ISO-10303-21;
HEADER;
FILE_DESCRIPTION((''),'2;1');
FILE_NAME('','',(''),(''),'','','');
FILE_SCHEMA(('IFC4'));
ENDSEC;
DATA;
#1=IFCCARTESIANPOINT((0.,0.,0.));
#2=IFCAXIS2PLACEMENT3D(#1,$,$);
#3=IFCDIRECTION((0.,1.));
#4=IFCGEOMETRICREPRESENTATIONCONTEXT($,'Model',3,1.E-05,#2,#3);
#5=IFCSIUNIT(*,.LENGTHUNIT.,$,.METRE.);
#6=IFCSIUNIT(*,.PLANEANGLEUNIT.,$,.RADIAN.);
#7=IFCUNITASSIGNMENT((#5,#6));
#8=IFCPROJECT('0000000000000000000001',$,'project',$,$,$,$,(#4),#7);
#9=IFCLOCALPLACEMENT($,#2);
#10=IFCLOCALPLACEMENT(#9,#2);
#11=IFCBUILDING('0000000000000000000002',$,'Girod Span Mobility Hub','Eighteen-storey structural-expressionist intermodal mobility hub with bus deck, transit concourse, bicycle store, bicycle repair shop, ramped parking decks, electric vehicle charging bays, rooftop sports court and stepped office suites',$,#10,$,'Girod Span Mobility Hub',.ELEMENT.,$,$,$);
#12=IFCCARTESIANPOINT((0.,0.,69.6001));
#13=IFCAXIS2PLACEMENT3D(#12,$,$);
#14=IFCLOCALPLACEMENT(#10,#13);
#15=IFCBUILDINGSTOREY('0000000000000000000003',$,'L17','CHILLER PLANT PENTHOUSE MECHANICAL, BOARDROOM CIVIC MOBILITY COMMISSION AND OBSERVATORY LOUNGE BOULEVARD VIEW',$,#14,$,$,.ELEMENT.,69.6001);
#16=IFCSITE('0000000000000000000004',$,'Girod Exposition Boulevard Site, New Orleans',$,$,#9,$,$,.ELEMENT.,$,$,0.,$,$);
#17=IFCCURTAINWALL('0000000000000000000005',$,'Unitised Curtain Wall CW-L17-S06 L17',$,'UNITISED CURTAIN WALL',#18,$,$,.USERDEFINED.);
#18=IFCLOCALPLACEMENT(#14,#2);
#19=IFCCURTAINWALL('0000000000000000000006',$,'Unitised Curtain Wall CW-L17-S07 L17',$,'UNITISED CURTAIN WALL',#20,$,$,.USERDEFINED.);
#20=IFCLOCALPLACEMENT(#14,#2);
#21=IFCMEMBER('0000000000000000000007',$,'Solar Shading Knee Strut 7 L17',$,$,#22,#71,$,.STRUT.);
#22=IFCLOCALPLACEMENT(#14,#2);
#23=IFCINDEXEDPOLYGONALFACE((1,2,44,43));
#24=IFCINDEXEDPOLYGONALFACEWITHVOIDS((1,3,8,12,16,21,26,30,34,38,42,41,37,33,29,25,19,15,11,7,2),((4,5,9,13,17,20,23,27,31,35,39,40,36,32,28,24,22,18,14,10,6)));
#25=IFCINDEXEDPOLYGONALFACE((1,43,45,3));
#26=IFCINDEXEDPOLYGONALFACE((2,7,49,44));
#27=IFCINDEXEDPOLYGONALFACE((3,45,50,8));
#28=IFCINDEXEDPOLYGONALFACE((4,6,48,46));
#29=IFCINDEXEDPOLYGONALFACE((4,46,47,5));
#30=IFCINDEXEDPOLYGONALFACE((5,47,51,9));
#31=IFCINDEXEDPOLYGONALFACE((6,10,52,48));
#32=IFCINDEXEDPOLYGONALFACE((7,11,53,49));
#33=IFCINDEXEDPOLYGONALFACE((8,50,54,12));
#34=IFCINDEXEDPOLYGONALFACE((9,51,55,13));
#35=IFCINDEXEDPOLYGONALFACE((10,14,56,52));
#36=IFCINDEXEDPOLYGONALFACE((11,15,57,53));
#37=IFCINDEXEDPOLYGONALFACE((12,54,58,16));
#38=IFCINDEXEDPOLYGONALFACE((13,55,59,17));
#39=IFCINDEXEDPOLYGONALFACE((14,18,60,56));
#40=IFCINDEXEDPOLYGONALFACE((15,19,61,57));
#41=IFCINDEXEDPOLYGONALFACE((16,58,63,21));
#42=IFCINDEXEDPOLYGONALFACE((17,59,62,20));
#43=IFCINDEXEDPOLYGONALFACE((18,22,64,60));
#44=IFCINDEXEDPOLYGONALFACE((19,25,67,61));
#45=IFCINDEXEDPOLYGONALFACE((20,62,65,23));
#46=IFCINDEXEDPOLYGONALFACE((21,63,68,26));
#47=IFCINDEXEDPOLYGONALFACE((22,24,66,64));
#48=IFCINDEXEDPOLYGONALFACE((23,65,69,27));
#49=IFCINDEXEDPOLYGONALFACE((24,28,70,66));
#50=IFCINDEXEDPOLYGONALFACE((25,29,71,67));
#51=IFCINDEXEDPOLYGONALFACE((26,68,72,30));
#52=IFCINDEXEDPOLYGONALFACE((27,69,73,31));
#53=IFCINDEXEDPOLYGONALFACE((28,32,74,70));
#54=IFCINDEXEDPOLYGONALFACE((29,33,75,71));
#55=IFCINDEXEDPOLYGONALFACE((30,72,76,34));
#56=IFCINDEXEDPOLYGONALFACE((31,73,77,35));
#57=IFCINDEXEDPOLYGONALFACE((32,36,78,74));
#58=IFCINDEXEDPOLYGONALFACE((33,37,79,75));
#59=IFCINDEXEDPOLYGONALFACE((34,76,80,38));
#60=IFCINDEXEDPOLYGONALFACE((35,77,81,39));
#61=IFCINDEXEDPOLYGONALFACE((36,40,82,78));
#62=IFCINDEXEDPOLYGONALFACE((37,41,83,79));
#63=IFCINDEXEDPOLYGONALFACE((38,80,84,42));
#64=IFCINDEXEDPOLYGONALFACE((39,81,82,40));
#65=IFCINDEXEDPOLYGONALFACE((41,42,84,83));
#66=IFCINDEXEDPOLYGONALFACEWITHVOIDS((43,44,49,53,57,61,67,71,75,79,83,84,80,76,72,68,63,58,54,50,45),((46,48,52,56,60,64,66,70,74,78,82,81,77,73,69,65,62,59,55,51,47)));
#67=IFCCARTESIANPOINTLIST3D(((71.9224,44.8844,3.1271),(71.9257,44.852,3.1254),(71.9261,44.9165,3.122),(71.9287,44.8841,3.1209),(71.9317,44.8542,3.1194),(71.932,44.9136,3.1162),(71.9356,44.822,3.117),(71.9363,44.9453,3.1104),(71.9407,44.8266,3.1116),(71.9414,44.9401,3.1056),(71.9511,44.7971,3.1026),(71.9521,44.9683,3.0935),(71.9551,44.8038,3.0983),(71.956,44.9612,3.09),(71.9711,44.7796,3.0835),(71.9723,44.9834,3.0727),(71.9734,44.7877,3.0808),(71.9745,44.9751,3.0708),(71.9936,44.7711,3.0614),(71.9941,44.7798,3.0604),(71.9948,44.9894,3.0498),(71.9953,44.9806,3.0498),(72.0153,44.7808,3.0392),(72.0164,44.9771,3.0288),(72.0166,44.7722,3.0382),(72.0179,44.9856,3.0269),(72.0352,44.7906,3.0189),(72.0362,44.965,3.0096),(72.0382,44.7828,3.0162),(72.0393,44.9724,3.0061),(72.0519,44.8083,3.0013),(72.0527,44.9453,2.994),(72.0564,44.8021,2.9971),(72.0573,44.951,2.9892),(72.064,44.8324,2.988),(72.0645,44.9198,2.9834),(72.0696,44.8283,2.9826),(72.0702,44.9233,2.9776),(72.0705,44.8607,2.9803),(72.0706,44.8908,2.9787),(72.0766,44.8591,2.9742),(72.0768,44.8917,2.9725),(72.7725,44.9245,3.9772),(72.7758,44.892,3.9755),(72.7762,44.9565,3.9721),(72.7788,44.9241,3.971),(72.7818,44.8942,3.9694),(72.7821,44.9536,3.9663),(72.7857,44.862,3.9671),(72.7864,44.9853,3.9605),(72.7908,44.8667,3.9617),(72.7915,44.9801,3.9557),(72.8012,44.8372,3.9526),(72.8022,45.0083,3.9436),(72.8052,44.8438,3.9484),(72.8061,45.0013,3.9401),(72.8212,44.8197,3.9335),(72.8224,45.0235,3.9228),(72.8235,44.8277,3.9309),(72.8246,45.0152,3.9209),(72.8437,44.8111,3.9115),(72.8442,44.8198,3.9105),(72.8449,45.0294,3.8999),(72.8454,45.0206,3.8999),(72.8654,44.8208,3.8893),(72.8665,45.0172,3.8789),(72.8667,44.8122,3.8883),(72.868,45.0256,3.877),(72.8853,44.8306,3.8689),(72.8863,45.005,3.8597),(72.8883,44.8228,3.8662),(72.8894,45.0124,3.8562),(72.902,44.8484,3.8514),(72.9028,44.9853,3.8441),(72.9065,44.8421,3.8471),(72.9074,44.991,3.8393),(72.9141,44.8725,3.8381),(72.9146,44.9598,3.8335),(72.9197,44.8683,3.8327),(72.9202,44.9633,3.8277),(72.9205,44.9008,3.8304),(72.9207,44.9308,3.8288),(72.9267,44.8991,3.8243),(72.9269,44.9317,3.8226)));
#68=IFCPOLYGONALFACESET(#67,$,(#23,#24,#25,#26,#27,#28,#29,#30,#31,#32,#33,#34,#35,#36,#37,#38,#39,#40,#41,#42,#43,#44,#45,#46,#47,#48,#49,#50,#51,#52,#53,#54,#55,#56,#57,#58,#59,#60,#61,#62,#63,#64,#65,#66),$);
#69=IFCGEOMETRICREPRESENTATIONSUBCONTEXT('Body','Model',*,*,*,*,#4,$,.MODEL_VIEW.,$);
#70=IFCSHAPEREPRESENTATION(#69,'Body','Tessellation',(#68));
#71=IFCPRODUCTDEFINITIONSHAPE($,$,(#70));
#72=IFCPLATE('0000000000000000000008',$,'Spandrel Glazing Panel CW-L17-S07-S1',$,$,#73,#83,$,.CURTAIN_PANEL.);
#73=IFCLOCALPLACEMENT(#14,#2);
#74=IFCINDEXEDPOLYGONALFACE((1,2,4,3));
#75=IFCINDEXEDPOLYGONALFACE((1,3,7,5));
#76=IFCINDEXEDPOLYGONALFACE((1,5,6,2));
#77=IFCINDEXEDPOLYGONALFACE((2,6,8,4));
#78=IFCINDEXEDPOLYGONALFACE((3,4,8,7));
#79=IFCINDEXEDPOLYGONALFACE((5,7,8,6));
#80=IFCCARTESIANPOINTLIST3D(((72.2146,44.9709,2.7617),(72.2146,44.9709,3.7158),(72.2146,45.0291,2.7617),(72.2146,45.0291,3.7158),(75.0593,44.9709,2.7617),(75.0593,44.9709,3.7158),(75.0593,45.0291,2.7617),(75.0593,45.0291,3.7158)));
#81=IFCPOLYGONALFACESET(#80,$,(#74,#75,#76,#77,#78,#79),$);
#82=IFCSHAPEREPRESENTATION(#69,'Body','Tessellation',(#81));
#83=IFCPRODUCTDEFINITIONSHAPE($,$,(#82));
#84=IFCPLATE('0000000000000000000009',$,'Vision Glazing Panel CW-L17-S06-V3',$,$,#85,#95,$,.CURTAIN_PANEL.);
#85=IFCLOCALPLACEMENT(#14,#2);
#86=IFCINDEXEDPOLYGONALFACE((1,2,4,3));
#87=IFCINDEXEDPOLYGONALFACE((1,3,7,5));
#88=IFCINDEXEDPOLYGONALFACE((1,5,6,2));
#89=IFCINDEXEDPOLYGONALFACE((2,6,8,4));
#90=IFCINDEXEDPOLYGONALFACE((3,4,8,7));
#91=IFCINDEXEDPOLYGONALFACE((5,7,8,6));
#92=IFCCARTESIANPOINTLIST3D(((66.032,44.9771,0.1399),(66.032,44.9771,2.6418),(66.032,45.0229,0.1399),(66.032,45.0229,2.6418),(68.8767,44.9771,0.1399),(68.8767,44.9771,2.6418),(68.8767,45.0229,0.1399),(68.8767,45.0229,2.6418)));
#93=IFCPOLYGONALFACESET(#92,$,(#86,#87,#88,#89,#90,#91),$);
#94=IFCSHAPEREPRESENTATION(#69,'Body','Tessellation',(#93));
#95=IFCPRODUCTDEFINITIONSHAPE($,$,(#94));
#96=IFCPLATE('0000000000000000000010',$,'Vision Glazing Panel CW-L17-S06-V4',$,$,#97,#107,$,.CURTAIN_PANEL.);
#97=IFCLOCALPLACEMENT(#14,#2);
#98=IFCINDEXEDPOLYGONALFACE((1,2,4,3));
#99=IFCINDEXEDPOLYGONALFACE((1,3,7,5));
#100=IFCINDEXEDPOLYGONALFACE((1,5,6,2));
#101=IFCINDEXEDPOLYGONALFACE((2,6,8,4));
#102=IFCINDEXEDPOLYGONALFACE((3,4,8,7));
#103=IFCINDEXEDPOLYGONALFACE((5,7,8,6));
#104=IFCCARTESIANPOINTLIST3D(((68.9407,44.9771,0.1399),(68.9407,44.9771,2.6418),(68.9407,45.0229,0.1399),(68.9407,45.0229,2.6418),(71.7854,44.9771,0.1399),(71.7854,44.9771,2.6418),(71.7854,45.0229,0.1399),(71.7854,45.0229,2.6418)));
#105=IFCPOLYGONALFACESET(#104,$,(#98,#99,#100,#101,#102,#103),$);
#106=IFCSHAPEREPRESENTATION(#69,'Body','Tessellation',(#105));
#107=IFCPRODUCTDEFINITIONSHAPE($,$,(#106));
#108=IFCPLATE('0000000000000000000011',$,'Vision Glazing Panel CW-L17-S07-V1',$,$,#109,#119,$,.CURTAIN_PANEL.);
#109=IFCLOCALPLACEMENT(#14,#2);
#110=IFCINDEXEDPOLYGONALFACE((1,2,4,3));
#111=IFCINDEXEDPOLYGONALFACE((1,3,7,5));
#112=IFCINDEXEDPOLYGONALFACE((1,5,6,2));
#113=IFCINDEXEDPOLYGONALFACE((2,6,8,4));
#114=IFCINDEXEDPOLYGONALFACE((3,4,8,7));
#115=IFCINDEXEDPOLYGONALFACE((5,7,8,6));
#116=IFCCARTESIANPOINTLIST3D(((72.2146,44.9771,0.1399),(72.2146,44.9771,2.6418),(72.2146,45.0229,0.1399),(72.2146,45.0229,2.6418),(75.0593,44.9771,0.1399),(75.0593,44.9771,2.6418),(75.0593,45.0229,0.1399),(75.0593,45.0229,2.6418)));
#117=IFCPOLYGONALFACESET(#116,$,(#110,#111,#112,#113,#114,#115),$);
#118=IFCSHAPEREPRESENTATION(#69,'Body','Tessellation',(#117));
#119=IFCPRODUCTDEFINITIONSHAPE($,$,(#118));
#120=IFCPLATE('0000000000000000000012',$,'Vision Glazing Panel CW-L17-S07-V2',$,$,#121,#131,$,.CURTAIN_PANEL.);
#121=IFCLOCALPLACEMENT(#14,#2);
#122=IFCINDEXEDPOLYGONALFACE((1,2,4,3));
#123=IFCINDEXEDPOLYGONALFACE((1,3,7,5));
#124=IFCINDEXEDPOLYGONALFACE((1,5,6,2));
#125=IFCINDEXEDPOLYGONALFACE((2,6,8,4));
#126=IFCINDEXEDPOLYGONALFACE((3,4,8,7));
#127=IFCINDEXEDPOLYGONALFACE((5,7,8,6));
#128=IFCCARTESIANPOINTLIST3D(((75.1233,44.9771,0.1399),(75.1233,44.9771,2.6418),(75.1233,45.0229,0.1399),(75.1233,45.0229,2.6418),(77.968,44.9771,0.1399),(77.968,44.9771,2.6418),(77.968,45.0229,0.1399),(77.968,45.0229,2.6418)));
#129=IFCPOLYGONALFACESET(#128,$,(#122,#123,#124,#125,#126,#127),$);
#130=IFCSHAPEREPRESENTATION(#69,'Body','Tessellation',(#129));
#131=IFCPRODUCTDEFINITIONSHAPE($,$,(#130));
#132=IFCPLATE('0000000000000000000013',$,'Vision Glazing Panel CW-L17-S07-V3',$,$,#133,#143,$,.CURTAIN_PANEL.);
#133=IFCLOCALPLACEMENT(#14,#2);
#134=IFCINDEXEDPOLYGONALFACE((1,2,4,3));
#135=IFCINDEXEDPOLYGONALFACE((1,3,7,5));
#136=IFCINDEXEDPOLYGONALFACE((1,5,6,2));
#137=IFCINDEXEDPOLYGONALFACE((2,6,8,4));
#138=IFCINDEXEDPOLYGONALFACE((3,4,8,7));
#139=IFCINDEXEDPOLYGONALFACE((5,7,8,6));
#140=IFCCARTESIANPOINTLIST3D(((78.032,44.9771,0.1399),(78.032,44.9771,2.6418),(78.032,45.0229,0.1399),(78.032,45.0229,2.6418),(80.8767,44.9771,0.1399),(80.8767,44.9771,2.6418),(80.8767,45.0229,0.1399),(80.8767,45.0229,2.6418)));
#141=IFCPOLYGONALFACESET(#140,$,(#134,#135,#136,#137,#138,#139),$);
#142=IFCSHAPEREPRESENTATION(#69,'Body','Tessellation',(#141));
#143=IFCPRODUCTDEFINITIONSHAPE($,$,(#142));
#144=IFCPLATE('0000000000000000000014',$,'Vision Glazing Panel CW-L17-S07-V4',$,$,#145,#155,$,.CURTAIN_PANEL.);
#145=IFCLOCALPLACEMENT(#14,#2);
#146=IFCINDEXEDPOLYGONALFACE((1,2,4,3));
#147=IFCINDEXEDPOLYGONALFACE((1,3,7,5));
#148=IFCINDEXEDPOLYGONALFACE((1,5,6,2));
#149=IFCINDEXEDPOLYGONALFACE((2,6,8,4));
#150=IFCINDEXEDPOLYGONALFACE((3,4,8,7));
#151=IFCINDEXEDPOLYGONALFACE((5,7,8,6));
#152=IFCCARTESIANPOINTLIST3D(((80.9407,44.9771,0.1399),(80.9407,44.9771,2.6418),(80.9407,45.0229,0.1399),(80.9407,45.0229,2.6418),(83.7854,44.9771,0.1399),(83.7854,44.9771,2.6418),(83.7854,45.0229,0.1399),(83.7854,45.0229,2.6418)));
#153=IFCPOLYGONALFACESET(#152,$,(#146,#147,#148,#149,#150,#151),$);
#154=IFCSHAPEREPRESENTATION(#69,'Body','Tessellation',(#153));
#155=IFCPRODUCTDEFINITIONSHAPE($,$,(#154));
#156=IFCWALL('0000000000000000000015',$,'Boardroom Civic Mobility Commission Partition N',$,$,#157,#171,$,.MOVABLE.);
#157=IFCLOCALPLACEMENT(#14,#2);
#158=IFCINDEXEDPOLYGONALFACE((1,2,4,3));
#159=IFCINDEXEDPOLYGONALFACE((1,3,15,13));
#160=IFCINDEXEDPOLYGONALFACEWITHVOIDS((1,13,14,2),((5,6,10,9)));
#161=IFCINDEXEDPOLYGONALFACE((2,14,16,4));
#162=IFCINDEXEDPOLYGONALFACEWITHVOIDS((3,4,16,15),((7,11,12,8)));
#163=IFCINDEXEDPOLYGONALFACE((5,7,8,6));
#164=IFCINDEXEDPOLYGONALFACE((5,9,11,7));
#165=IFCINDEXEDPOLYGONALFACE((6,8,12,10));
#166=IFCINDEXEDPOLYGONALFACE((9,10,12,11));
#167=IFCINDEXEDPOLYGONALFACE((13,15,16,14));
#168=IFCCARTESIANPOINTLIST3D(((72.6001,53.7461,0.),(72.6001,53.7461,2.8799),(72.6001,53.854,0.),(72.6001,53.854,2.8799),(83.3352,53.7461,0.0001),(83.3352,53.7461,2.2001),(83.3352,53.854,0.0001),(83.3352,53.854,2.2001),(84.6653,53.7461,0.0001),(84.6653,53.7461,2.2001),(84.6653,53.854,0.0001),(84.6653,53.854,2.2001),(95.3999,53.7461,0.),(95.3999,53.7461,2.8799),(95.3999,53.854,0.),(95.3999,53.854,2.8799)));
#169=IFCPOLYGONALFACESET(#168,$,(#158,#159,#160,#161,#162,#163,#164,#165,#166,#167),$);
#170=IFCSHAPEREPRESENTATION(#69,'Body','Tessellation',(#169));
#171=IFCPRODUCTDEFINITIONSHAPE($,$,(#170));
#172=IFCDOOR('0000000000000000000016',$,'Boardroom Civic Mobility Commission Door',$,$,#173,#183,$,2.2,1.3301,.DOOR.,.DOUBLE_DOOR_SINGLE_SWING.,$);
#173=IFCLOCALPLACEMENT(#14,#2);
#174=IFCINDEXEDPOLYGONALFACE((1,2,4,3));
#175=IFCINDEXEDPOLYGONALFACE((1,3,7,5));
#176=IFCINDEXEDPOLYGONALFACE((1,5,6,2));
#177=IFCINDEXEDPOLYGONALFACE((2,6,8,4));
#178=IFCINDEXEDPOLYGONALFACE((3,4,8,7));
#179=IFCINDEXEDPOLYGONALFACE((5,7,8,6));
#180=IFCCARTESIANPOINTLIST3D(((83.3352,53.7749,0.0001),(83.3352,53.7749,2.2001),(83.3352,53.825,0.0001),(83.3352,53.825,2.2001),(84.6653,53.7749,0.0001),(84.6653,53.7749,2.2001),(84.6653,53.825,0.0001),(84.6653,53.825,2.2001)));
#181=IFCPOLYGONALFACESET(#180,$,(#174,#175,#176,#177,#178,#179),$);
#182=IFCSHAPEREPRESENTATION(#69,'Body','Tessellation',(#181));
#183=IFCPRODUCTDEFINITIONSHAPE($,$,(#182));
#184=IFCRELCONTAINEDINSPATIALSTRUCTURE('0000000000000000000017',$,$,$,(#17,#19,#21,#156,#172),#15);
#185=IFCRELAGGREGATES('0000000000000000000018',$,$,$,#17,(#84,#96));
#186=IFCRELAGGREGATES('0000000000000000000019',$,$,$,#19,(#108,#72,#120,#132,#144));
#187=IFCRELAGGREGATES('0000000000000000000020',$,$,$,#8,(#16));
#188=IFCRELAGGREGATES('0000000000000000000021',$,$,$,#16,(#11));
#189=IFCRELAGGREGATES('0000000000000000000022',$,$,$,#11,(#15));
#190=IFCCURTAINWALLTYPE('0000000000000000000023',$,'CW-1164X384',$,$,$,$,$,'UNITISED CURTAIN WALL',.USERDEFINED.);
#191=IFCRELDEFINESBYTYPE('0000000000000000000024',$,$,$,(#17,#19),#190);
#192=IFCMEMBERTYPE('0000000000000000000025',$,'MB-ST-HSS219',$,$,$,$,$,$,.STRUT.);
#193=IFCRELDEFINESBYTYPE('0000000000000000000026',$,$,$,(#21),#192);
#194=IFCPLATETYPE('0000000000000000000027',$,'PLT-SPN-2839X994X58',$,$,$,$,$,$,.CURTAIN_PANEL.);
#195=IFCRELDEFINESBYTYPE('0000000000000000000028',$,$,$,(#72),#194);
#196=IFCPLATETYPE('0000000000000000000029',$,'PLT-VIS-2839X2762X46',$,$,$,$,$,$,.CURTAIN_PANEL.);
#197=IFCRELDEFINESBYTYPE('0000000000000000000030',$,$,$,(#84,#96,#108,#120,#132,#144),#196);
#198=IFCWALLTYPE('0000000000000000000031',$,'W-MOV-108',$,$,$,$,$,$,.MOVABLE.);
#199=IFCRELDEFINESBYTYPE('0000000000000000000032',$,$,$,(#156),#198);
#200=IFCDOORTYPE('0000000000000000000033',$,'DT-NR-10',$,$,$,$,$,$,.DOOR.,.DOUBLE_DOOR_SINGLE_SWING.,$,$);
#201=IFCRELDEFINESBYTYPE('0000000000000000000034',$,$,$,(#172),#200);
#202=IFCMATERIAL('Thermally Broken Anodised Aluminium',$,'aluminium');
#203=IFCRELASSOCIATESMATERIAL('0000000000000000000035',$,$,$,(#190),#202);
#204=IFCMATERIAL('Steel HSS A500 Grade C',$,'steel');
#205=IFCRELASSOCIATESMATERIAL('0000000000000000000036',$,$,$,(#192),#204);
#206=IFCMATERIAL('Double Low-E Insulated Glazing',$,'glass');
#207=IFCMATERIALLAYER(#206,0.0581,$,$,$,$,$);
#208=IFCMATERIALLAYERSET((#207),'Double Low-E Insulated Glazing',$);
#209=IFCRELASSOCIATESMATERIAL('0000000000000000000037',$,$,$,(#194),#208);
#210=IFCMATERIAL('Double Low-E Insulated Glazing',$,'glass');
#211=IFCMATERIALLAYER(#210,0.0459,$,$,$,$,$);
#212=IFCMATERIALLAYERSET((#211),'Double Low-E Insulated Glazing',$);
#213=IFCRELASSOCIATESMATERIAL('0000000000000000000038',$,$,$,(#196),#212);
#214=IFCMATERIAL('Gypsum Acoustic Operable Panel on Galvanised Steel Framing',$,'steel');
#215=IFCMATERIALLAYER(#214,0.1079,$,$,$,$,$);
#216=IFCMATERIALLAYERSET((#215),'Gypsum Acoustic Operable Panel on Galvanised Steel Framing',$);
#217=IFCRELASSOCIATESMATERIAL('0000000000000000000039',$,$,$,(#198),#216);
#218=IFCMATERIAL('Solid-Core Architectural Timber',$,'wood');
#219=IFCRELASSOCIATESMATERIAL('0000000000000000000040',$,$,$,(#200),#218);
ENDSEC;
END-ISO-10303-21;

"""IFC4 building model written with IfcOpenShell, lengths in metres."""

from ifc_helpers import new_model, si_unit, direction, frame, frame_2d, origin, origin_2d, place, context, subcontext, project, spatial, rectangle, hollow_circle, extrude, material, layer, layer_set, material_profile, profile_set, type_object, element, fill, aggregate, save


model = new_model("IFC4")

# Units and contexts
model_context = context("Model", 3, precision=1e-05, world=origin(), true_north=direction((0.0, 1.0)))
body_context = subcontext(model_context, "Body", "Model", "MODEL_VIEW")
ifc_project = project(units=[si_unit("LENGTHUNIT", "METRE"), si_unit("PLANEANGLEUNIT", "RADIAN")], contexts=[model_context])

# Site, building, storey
site_placement = place(None, origin())
site = spatial("IfcSite", under=ifc_project, at=site_placement, Name="Girod Exposition Boulevard Site, New Orleans", CompositionType="ELEMENT", RefElevation=0.0)
building_placement = place(site_placement, origin())
building = spatial("IfcBuilding", under=site, at=building_placement, Name="Girod Span Mobility Hub", Description="Eighteen-storey structural-expressionist intermodal mobility hub with bus deck, transit concourse, bicycle store, bicycle repair shop, ramped parking decks, electric vehicle charging bays, rooftop sports court and stepped office suites", LongName="Girod Span Mobility Hub", CompositionType="ELEMENT")
storey_placement = place(building_placement, frame((0.0, 0.0, 69.6001)))
storey = spatial("IfcBuildingStorey", under=building, at=storey_placement, Name="L17", Description="CHILLER PLANT PENTHOUSE MECHANICAL, BOARDROOM CIVIC MOBILITY COMMISSION AND OBSERVATORY LOUNGE BOULEVARD VIEW", CompositionType="ELEMENT", Elevation=69.6001)

# Curtain walls
ifc_material_1 = material(Name="Thermally Broken Anodised Aluminium", Category="aluminium")
curtain_wall_type = type_object("IfcCurtainWallType", Name="CW-1164X384", ElementType="UNITISED CURTAIN WALL", PredefinedType="USERDEFINED", material=ifc_material_1)
curtain_wall_1_placement = place(storey_placement, origin())
curtain_wall_1 = element("IfcCurtainWall", 1, at=curtain_wall_1_placement, inside=storey, type_object=curtain_wall_type, Name="Unitised Curtain Wall CW-L17-S06 L17", ObjectType="UNITISED CURTAIN WALL", PredefinedType="USERDEFINED")
curtain_wall_2_placement = place(storey_placement, origin())
curtain_wall_2 = element("IfcCurtainWall", 2, at=curtain_wall_2_placement, inside=storey, type_object=curtain_wall_type, Name="Unitised Curtain Wall CW-L17-S07 L17", ObjectType="UNITISED CURTAIN WALL", PredefinedType="USERDEFINED")

# Member
ifc_material_2 = material(Name="Steel HSS A500 Grade C", Category="steel")
ifc_material_profile_1 = material_profile(ifc_material_2, hollow_circle(Radius=0.1096, WallThickness=0.0088, at=origin_2d()), Name="HSS219X9.5")
ifc_profile_set_1 = profile_set([ifc_material_profile_1], Name="Steel HSS A500 Grade C")
member_type_1 = type_object("IfcMemberType", Name="MB-ST-HSS219", PredefinedType="STRUT", material=ifc_profile_set_1)
member_1_placement = place(storey_placement, frame((72.0, 44.8799, 3.0498), z_axis=(0.706715, 0.033286, 0.706715), x_axis=(-0.047047, 0.998893, 0.0)))
element("IfcMember", 3, at=member_1_placement, inside=storey, type_object=member_type_1, Name="Solar Shading Knee Strut 7 L17", PredefinedType="STRUT", context=body_context, shape_type="SweptSolid", body=[
    extrude(hollow_circle(Radius=0.1096, WallThickness=0.0088, at=origin_2d()), origin(), (0.0, 0.0, 1.0), 1.2029),
])

# Plates
ifc_material_3 = material(Name="Double Low-E Insulated Glazing", Category="glass")
ifc_layer_1 = layer(ifc_material_3, 0.0581)
ifc_layer_set_1 = layer_set([ifc_layer_1], Name="Double Low-E Insulated Glazing")
plate_type_1 = type_object("IfcPlateType", Name="PLT-SPN-2839X994X58", PredefinedType="CURTAIN_PANEL", material=ifc_layer_set_1)
plate_1_placement = place(storey_placement, frame((73.637, 45.0, 2.7617), z_axis=(0.0, 0.0, 1.0), x_axis=(1.0, 0.0, 0.0)))
plate_1 = element("IfcPlate", 4, at=plate_1_placement, type_object=plate_type_1, Name="Spandrel Glazing Panel CW-L17-S07-S1", PredefinedType="CURTAIN_PANEL", context=body_context, shape_type="SweptSolid", body=[
    extrude(rectangle(XDim=2.8447, YDim=0.0581, at=origin_2d()), origin(), (0.0, 0.0, 1.0), 0.9541),
])
ifc_material_4 = material(Name="Double Low-E Insulated Glazing", Category="glass")
ifc_layer_2 = layer(ifc_material_4, 0.0459)
ifc_layer_set_2 = layer_set([ifc_layer_2], Name="Double Low-E Insulated Glazing")
plate_type_2 = type_object("IfcPlateType", Name="PLT-VIS-2839X2762X46", PredefinedType="CURTAIN_PANEL", material=ifc_layer_set_2)
plate_2_placement = place(storey_placement, frame((67.4543, 45.0, 0.1399), z_axis=(0.0, 0.0, 1.0), x_axis=(1.0, 0.0, 0.0)))
plate_2 = element("IfcPlate", 5, at=plate_2_placement, type_object=plate_type_2, Name="Vision Glazing Panel CW-L17-S06-V3", PredefinedType="CURTAIN_PANEL", context=body_context, shape_type="SweptSolid", body=[
    extrude(rectangle(XDim=2.8447, YDim=0.0459, at=origin_2d()), origin(), (0.0, 0.0, 1.0), 2.502),
])
plate_3_placement = place(storey_placement, frame((70.363, 45.0, 0.1399), z_axis=(0.0, 0.0, 1.0), x_axis=(1.0, 0.0, 0.0)))
plate_3 = element("IfcPlate", 6, at=plate_3_placement, type_object=plate_type_2, Name="Vision Glazing Panel CW-L17-S06-V4", PredefinedType="CURTAIN_PANEL", context=body_context, shape_type="SweptSolid", body=[
    extrude(rectangle(XDim=2.8447, YDim=0.0459, at=origin_2d()), origin(), (0.0, 0.0, 1.0), 2.502),
])
aggregate(curtain_wall_1, [plate_2, plate_3])
plate_4_placement = place(storey_placement, frame((73.637, 45.0, 0.1399), z_axis=(0.0, 0.0, 1.0), x_axis=(1.0, 0.0, 0.0)))
plate_4 = element("IfcPlate", 7, at=plate_4_placement, type_object=plate_type_2, Name="Vision Glazing Panel CW-L17-S07-V1", PredefinedType="CURTAIN_PANEL", context=body_context, shape_type="SweptSolid", body=[
    extrude(rectangle(XDim=2.8447, YDim=0.0459, at=origin_2d()), origin(), (0.0, 0.0, 1.0), 2.502),
])
plate_5_placement = place(storey_placement, frame((76.5457, 45.0, 0.1399), z_axis=(0.0, 0.0, 1.0), x_axis=(1.0, 0.0, 0.0)))
plate_5 = element("IfcPlate", 8, at=plate_5_placement, type_object=plate_type_2, Name="Vision Glazing Panel CW-L17-S07-V2", PredefinedType="CURTAIN_PANEL", context=body_context, shape_type="SweptSolid", body=[
    extrude(rectangle(XDim=2.8447, YDim=0.0459, at=origin_2d()), origin(), (0.0, 0.0, 1.0), 2.502),
])
plate_6_placement = place(storey_placement, frame((79.4543, 45.0, 0.1399), z_axis=(0.0, 0.0, 1.0), x_axis=(1.0, 0.0, 0.0)))
plate_6 = element("IfcPlate", 9, at=plate_6_placement, type_object=plate_type_2, Name="Vision Glazing Panel CW-L17-S07-V3", PredefinedType="CURTAIN_PANEL", context=body_context, shape_type="SweptSolid", body=[
    extrude(rectangle(XDim=2.8447, YDim=0.0459, at=origin_2d()), origin(), (0.0, 0.0, 1.0), 2.502),
])
plate_7_placement = place(storey_placement, frame((82.363, 45.0, 0.1399), z_axis=(0.0, 0.0, 1.0), x_axis=(1.0, 0.0, 0.0)))
plate_7 = element("IfcPlate", 10, at=plate_7_placement, type_object=plate_type_2, Name="Vision Glazing Panel CW-L17-S07-V4", PredefinedType="CURTAIN_PANEL", context=body_context, shape_type="SweptSolid", body=[
    extrude(rectangle(XDim=2.8447, YDim=0.0459, at=origin_2d()), origin(), (0.0, 0.0, 1.0), 2.502),
])
aggregate(curtain_wall_2, [plate_4, plate_1, plate_5, plate_6, plate_7])

# Wall, opening, door
ifc_material_5 = material(Name="Gypsum Acoustic Operable Panel on Galvanised Steel Framing", Category="steel")
ifc_layer_3 = layer(ifc_material_5, 0.1079)
ifc_layer_set_3 = layer_set([ifc_layer_3], Name="Gypsum Acoustic Operable Panel on Galvanised Steel Framing")
wall_type_1 = type_object("IfcWallType", Name="W-MOV-108", PredefinedType="MOVABLE", material=ifc_layer_set_3)
wall_1_placement = place(storey_placement, frame((72.6001, 53.8, 0.0), z_axis=(0.0, 0.0, 1.0), x_axis=(1.0, 0.0, 0.0)))
wall_1 = element("IfcWall", 11, at=wall_1_placement, inside=storey, type_object=wall_type_1, Name="Boardroom Civic Mobility Commission Partition N", PredefinedType="MOVABLE", context=body_context, shape_type="SweptSolid", body=[
    extrude(rectangle(XDim=22.7998, YDim=0.1079, at=frame_2d((11.3999, 0.0))), origin(), (0.0, 0.0, 1.0), 2.8799),
])
opening_placement = place(wall_1_placement, frame((10.7351, 0.0, 0.0)))
opening = element("IfcOpeningElement", 12, at=opening_placement, cuts=wall_1, PredefinedType="OPENING", context=body_context, shape_type="SweptSolid", body=[
    extrude(rectangle(XDim=1.3301, YDim=2.2, at=frame_2d((0.665, 1.1001))), frame((0.0, 0.0688, 0.0), z_axis=(0.0, -1.0, 0.0), x_axis=(1.0, 0.0, 0.0)), (0.0, 0.0, 1.0), 0.1379),
])
ifc_material_6 = material(Name="Solid-Core Architectural Timber", Category="wood")
door_type = type_object("IfcDoorType", Name="DT-NR-10", OperationType="DOUBLE_DOOR_SINGLE_SWING", PredefinedType="DOOR", material=ifc_material_6)
door_placement = place(opening_placement, origin())
door = element("IfcDoor", 13, at=door_placement, inside=storey, type_object=door_type, Name="Boardroom Civic Mobility Commission Door", OperationType="DOUBLE_DOOR_SINGLE_SWING", OverallHeight=2.2, OverallWidth=1.3301, PredefinedType="DOOR", context=body_context, shape_type="SweptSolid", body=[
    extrude(rectangle(XDim=1.3301, YDim=2.2, at=frame_2d((0.665, 1.1001))), frame((0.0, 0.0249, 0.0), z_axis=(0.0, -1.0, 0.0), x_axis=(1.0, 0.0, 0.0)), (0.0, 0.0, 1.0), 0.05),
])
fill(opening, door)

save(model, "model.ifc")
